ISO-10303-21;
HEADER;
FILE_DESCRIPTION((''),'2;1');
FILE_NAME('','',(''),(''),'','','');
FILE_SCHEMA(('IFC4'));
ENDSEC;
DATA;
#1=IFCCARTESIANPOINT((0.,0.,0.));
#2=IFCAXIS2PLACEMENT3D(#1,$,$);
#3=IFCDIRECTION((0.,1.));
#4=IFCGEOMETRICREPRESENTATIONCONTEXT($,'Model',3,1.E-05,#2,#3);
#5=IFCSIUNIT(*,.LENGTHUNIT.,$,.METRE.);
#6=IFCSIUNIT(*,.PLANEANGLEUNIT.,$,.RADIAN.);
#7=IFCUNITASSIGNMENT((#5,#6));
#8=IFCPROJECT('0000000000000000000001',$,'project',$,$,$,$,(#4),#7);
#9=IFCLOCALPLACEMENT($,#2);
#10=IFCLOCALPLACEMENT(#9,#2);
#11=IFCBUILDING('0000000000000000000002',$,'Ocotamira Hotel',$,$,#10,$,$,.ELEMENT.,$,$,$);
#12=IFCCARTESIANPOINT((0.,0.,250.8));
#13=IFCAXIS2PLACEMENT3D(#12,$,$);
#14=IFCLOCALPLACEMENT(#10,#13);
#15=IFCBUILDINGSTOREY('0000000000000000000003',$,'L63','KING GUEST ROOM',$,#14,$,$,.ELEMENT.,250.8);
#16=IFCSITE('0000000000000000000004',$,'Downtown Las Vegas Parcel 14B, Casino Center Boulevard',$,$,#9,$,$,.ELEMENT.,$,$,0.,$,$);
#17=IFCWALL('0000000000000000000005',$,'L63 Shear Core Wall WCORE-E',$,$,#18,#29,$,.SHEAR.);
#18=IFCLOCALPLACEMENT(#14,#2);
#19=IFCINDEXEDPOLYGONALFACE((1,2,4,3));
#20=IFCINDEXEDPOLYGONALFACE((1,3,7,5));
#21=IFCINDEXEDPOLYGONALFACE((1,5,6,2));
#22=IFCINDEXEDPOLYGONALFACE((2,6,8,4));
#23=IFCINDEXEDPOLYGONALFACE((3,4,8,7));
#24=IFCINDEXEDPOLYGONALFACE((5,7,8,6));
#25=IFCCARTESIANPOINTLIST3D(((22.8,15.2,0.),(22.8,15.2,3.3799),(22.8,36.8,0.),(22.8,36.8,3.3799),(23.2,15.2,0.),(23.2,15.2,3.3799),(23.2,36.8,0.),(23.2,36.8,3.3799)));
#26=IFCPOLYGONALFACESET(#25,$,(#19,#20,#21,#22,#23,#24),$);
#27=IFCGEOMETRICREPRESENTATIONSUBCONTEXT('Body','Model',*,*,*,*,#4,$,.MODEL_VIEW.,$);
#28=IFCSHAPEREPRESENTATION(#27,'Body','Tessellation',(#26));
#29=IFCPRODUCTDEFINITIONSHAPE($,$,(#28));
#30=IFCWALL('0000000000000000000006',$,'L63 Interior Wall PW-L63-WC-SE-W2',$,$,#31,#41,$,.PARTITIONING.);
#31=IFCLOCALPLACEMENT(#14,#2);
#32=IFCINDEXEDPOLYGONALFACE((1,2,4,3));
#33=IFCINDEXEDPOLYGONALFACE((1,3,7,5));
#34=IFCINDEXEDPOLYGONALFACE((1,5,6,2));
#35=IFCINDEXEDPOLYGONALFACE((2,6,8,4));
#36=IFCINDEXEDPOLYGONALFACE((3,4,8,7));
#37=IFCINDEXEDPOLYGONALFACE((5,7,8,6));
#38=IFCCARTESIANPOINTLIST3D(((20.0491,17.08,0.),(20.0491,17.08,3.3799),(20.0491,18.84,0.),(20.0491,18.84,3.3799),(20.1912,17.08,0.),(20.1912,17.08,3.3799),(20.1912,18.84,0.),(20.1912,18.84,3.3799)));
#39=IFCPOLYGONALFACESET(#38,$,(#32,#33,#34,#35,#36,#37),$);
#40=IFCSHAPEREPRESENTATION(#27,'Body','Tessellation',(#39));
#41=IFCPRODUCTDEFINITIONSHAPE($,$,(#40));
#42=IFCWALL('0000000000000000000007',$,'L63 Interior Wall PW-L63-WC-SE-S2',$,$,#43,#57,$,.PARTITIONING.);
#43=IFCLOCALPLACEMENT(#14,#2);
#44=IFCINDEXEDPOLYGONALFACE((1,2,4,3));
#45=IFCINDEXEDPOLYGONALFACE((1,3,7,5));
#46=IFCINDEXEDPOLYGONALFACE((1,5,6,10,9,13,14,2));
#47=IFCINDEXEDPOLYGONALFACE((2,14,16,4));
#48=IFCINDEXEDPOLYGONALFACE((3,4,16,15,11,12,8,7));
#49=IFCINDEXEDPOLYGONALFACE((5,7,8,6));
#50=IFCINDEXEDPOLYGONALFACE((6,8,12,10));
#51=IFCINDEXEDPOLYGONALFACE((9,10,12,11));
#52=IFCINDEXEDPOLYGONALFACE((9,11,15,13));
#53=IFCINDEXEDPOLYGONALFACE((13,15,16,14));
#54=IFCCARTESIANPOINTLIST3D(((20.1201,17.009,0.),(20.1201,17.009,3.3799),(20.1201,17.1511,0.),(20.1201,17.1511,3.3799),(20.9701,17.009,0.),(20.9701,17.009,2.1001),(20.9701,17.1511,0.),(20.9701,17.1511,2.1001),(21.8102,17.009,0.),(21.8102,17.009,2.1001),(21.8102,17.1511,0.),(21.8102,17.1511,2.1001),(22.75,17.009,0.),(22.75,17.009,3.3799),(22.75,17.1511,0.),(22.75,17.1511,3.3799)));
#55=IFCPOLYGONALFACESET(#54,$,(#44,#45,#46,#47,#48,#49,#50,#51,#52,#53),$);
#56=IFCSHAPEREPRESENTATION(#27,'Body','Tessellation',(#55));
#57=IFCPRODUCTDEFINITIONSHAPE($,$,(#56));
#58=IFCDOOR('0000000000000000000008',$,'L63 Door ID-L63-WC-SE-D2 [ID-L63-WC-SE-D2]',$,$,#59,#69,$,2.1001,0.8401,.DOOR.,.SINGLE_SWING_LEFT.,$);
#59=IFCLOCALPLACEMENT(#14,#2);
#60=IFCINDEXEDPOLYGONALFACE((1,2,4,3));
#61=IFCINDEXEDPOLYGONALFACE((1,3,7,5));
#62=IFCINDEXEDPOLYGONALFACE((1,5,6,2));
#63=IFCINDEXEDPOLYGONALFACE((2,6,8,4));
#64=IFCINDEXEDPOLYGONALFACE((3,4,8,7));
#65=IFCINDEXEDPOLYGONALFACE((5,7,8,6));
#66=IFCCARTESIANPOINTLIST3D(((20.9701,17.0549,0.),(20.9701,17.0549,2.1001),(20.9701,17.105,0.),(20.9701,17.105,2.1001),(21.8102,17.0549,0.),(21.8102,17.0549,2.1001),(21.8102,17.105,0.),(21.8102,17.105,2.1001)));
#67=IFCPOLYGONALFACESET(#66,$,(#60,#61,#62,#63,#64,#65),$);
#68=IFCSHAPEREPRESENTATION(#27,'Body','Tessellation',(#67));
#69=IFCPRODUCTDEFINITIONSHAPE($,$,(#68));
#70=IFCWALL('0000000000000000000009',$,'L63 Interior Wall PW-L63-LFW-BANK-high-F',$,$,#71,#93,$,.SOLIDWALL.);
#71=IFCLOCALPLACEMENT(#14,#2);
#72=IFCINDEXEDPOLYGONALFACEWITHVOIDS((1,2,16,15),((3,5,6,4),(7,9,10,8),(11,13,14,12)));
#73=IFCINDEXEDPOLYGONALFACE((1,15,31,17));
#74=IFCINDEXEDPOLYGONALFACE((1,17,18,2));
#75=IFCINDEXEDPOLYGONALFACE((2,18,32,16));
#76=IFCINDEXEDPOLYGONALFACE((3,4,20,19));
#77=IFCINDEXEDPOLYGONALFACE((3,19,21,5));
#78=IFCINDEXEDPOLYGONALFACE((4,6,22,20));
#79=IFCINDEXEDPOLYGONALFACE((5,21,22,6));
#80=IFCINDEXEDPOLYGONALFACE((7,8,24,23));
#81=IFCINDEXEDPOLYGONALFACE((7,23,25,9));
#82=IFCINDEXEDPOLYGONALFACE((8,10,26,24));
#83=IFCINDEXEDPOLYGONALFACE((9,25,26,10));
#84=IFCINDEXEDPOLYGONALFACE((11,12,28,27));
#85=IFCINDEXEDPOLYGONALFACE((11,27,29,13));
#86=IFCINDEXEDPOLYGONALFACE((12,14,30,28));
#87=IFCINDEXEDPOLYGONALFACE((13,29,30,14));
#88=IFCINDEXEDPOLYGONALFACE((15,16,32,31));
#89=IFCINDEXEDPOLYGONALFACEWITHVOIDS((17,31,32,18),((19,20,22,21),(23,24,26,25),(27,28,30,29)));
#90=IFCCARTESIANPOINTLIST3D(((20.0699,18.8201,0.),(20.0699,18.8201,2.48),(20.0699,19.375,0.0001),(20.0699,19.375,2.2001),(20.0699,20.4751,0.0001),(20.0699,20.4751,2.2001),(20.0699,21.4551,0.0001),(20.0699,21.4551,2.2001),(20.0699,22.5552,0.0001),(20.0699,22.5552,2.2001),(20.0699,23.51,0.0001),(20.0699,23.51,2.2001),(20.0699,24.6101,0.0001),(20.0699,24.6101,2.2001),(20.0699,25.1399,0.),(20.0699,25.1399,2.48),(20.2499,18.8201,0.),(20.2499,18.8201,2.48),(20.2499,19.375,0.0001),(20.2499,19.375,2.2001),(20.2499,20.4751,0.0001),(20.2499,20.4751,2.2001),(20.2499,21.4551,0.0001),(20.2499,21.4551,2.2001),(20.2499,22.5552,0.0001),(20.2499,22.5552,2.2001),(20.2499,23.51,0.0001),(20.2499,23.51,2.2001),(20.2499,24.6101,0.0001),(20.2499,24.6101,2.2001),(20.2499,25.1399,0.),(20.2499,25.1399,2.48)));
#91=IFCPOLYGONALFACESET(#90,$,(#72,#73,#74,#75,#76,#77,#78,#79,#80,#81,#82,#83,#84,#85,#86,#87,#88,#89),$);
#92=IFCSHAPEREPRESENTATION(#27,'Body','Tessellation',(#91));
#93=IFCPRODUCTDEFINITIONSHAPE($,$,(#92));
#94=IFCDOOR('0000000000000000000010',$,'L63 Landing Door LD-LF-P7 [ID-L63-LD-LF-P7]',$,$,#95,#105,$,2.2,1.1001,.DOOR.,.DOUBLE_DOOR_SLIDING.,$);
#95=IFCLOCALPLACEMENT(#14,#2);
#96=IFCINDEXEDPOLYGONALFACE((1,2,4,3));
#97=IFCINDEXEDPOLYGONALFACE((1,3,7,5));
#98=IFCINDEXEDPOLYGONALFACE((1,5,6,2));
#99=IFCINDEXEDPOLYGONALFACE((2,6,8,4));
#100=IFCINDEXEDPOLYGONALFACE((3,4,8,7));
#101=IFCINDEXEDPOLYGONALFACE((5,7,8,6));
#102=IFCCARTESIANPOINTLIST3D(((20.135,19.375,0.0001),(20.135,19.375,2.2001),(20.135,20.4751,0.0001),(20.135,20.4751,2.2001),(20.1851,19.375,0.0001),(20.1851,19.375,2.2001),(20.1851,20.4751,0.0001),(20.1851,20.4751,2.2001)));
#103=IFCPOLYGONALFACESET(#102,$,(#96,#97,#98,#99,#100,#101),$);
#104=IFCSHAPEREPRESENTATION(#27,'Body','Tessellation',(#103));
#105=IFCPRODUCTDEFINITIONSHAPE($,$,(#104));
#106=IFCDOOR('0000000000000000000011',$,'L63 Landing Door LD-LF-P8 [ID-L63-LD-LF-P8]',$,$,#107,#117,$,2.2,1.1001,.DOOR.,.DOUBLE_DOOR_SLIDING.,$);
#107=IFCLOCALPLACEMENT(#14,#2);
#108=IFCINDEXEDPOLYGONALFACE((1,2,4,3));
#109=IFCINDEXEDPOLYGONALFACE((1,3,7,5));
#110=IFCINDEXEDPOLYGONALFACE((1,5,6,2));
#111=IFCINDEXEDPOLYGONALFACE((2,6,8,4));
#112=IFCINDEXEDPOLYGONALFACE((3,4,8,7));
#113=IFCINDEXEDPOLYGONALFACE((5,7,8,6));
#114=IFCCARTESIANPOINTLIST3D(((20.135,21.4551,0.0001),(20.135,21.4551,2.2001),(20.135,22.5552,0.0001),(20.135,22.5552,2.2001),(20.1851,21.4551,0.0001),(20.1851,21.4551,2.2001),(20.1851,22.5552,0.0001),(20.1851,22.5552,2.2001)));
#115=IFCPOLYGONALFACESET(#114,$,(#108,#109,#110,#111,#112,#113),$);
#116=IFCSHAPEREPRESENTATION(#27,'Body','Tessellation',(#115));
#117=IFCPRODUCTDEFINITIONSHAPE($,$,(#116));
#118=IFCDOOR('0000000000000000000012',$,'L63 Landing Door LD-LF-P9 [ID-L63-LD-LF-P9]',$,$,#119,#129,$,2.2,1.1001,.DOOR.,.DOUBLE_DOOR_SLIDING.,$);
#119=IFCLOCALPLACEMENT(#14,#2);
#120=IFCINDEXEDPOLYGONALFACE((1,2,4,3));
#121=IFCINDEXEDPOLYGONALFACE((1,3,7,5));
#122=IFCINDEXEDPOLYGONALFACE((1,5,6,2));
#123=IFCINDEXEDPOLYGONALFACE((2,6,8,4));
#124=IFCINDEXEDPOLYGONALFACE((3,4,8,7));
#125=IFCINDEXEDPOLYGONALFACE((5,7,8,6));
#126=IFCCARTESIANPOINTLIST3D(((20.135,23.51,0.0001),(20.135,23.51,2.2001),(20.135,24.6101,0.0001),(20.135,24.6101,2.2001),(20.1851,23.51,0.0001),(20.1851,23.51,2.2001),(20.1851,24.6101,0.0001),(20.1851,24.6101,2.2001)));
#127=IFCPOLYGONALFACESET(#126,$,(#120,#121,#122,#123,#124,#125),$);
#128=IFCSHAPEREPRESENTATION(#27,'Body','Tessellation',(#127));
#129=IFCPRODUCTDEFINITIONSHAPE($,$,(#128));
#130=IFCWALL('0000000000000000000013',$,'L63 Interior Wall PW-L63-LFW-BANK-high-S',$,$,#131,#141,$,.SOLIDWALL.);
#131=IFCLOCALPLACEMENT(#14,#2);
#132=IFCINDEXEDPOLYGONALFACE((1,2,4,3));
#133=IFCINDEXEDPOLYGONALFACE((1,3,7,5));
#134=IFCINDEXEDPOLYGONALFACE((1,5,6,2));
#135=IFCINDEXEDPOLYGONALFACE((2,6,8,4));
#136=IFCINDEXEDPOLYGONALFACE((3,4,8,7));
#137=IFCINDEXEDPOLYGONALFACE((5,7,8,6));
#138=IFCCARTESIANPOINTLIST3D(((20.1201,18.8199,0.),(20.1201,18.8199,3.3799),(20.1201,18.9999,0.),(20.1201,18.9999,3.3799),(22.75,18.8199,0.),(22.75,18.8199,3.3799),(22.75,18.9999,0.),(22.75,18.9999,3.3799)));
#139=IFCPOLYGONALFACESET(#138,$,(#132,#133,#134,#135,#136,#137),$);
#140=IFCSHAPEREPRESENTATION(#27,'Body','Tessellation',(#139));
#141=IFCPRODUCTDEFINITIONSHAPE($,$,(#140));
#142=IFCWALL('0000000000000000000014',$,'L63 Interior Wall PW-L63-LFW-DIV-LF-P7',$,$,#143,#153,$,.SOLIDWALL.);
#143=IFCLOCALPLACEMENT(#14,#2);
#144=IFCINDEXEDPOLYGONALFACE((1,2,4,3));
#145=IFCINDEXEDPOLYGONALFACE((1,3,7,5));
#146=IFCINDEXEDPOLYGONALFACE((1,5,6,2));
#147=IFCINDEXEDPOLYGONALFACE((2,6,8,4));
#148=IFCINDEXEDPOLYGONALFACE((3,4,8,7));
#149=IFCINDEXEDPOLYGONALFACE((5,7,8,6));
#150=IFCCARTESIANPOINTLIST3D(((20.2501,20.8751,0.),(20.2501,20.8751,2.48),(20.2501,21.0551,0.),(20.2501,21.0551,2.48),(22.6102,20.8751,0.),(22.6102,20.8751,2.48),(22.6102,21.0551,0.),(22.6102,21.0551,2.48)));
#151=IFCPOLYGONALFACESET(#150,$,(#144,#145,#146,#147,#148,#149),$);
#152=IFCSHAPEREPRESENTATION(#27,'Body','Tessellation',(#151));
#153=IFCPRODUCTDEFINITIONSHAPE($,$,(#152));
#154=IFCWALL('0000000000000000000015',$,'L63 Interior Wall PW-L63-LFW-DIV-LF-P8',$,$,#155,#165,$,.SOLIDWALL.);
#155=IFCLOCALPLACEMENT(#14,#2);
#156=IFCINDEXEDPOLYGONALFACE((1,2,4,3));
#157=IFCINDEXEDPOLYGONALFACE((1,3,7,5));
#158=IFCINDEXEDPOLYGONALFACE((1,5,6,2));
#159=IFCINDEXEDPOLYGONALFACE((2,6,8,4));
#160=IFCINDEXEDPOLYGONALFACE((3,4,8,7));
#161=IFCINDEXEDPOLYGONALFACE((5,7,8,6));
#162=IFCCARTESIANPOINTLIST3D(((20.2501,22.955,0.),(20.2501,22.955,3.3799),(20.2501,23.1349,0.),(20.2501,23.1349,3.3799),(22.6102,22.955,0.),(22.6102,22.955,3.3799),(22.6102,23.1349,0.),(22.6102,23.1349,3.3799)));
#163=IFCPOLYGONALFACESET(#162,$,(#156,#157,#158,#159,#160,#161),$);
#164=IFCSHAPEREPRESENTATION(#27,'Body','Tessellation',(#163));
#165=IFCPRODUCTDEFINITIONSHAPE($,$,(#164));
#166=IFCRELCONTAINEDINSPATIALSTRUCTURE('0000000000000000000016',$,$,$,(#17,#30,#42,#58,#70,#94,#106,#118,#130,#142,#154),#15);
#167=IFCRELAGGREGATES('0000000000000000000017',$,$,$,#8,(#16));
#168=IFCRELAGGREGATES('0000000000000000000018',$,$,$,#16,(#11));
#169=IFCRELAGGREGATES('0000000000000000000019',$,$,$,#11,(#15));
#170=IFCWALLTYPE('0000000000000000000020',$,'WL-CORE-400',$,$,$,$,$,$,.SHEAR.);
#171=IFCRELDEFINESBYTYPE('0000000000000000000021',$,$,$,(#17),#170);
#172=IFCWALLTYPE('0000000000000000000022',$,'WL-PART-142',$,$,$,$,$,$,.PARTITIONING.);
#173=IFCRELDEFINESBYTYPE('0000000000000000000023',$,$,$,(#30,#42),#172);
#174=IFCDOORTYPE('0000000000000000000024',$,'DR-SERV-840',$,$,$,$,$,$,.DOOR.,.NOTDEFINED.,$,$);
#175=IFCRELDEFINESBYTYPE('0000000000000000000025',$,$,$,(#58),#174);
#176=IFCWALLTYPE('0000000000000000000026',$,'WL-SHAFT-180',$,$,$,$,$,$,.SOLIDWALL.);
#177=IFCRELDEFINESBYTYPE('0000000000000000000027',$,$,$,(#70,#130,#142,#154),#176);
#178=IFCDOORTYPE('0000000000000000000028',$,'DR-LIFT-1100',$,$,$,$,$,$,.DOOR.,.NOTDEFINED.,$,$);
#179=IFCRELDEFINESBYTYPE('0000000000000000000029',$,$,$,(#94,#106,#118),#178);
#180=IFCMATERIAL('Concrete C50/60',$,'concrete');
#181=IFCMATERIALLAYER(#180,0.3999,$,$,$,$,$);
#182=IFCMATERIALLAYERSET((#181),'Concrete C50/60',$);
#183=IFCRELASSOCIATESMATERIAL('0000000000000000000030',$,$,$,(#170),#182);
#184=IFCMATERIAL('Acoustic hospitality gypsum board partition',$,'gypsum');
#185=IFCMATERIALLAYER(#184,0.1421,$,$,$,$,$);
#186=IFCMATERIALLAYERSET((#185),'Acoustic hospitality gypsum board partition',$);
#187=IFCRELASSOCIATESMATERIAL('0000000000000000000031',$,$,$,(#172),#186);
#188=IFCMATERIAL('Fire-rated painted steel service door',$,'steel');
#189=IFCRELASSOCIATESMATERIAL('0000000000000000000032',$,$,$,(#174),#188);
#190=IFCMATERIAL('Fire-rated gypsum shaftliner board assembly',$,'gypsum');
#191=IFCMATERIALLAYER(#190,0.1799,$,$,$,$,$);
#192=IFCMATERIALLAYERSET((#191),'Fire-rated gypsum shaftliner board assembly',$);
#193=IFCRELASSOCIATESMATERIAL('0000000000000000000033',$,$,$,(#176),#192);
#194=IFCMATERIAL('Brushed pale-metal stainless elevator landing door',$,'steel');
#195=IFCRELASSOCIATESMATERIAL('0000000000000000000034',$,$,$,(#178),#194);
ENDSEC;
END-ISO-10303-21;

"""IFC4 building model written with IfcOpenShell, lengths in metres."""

from ifc_helpers import new_model, si_unit, direction, frame, frame_2d, origin, place, context, subcontext, project, spatial, rectangle, extrude, source, transform, mapped, material, layer, layer_set, type_object, element, fill, save


model = new_model("IFC4")

# Units and contexts
model_context = context("Model", 3, precision=1e-05, world=origin(), true_north=direction((0.0, 1.0)))
body_context = subcontext(model_context, "Body", "Model", "MODEL_VIEW")
ifc_project = project(units=[si_unit("LENGTHUNIT", "METRE"), si_unit("PLANEANGLEUNIT", "RADIAN")], contexts=[model_context])

# Site, building, storey
site_placement = place(None, origin())
site = spatial("IfcSite", under=ifc_project, at=site_placement, Name="Downtown Las Vegas Parcel 14B, Casino Center Boulevard", CompositionType="ELEMENT", RefElevation=0.0)
building_placement = place(site_placement, origin())
building = spatial("IfcBuilding", under=site, at=building_placement, Name="Ocotamira Hotel", CompositionType="ELEMENT")
storey_placement = place(building_placement, frame((0.0, 0.0, 250.8)))
storey = spatial("IfcBuildingStorey", under=building, at=storey_placement, Name="L63", Description="KING GUEST ROOM", CompositionType="ELEMENT", Elevation=250.8)

# Walls
ifc_material_1 = material(Name="Concrete C50/60", Category="concrete")
ifc_layer_1 = layer(ifc_material_1, 0.3999)
ifc_layer_set_1 = layer_set([ifc_layer_1], Name="Concrete C50/60")
wall_type_1 = type_object("IfcWallType", Name="WL-CORE-400", PredefinedType="SHEAR", material=ifc_layer_set_1)
wall_1_placement = place(storey_placement, frame((23.0, 15.2, 0.0), z_axis=(0.0, 0.0, 1.0), x_axis=(0.0, 1.0, 0.0)))
element("IfcWall", 1, at=wall_1_placement, inside=storey, type_object=wall_type_1, Name="L63 Shear Core Wall WCORE-E", PredefinedType="SHEAR", context=body_context, shape_type="SweptSolid", body=[
    extrude(rectangle(XDim=21.6001, YDim=0.3999, at=frame_2d((10.8, 0.0))), origin(), (0.0, 0.0, 1.0), 3.3799),
])
ifc_material_2 = material(Name="Acoustic hospitality gypsum board partition", Category="gypsum")
ifc_layer_2 = layer(ifc_material_2, 0.1421)
ifc_layer_set_2 = layer_set([ifc_layer_2], Name="Acoustic hospitality gypsum board partition")
wall_type_2 = type_object("IfcWallType", Name="WL-PART-142", PredefinedType="PARTITIONING", material=ifc_layer_set_2)
wall_2_placement = place(storey_placement, frame((20.1201, 17.0801, 0.0), z_axis=(0.0, 0.0, 1.0), x_axis=(0.0, 1.0, 0.0)))
element("IfcWall", 2, at=wall_2_placement, inside=storey, type_object=wall_type_2, Name="L63 Interior Wall PW-L63-WC-SE-W2", PredefinedType="PARTITIONING", context=body_context, shape_type="SweptSolid", body=[
    extrude(rectangle(XDim=1.76, YDim=0.1421, at=frame_2d((0.8799, 0.0))), origin(), (0.0, 0.0, 1.0), 3.3799),
])

# Wall, opening, door
wall_3_placement = place(storey_placement, frame((20.1201, 17.0801, 0.0), z_axis=(0.0, 0.0, 1.0), x_axis=(1.0, 0.0, 0.0)))
wall_3 = element("IfcWall", 3, at=wall_3_placement, inside=storey, type_object=wall_type_2, Name="L63 Interior Wall PW-L63-WC-SE-S2", PredefinedType="PARTITIONING", context=body_context, shape_type="SweptSolid", body=[
    extrude(rectangle(XDim=2.6299, YDim=0.1421, at=frame_2d((1.3149, 0.0))), origin(), (0.0, 0.0, 1.0), 3.3799),
])
opening_1_placement = place(wall_3_placement, frame((0.8501, 0.0, 0.0)))
opening_1 = element("IfcOpeningElement", 4, at=opening_1_placement, cuts=wall_3, PredefinedType="OPENING", context=body_context, shape_type="SweptSolid", body=[
    extrude(rectangle(XDim=0.8401, YDim=2.1001, at=frame_2d((0.4199, 1.05))), frame((0.0, 0.0811, 0.0), z_axis=(0.0, -1.0, 0.0), x_axis=(1.0, 0.0, 0.0)), (0.0, 0.0, 1.0), 0.1621),
])
ifc_material_3 = material(Name="Fire-rated painted steel service door", Category="steel")
door_type_1 = type_object("IfcDoorType", Name="DR-SERV-840", OperationType="NOTDEFINED", PredefinedType="DOOR", material=ifc_material_3)
shared_shape_1 = source(origin(), body_context, "Body", "SweptSolid", [
    extrude(rectangle(XDim=0.8401, YDim=2.1001, at=frame_2d((0.4199, 1.05))), frame((0.0, 0.0249, 0.0), z_axis=(0.0, -1.0, 0.0), x_axis=(1.0, 0.0, 0.0)), (0.0, 0.0, 1.0), 0.05),
])
door_1_placement = place(opening_1_placement, origin())
door_1 = element("IfcDoor", 5, at=door_1_placement, inside=storey, type_object=door_type_1, Name="L63 Door ID-L63-WC-SE-D2 [ID-L63-WC-SE-D2]", OperationType="SINGLE_SWING_LEFT", OverallHeight=2.1001, OverallWidth=0.8401, PredefinedType="DOOR", context=body_context, shape_type="MappedRepresentation", body=[
    mapped(shared_shape_1, transform((0.0, 0.0, 0.0), scale=1.0)),
])
fill(opening_1, door_1)

# Wall, openings, doors
ifc_material_4 = material(Name="Fire-rated gypsum shaftliner board assembly", Category="gypsum")
ifc_layer_3 = layer(ifc_material_4, 0.1799)
ifc_layer_set_3 = layer_set([ifc_layer_3], Name="Fire-rated gypsum shaftliner board assembly")
wall_type_3 = type_object("IfcWallType", Name="WL-SHAFT-180", PredefinedType="SOLIDWALL", material=ifc_layer_set_3)
wall_4_placement = place(storey_placement, frame((20.1599, 18.8201, 0.0), z_axis=(0.0, 0.0, 1.0), x_axis=(0.0, 1.0, 0.0)))
wall_4 = element("IfcWall", 6, at=wall_4_placement, inside=storey, type_object=wall_type_3, Name="L63 Interior Wall PW-L63-LFW-BANK-high-F", PredefinedType="SOLIDWALL", context=body_context, shape_type="SweptSolid", body=[
    extrude(rectangle(XDim=6.3198, YDim=0.1799, at=frame_2d((3.1599, 0.0))), origin(), (0.0, 0.0, 1.0), 2.48),
])
opening_2_placement = place(wall_4_placement, frame((0.5549, 0.0, 0.0)))
opening_2 = element("IfcOpeningElement", 7, at=opening_2_placement, cuts=wall_4, PredefinedType="OPENING", context=body_context, shape_type="SweptSolid", body=[
    extrude(rectangle(XDim=1.1001, YDim=2.2, at=frame_2d((0.55, 1.1001))), frame((0.0, 0.1001, 0.0), z_axis=(0.0, -1.0, 0.0), x_axis=(1.0, 0.0, 0.0)), (0.0, 0.0, 1.0), 0.2),
])
opening_3_placement = place(wall_4_placement, frame((2.635, 0.0, 0.0)))
opening_3 = element("IfcOpeningElement", 8, at=opening_3_placement, cuts=wall_4, PredefinedType="OPENING", context=body_context, shape_type="SweptSolid", body=[
    extrude(rectangle(XDim=1.1001, YDim=2.2, at=frame_2d((0.55, 1.1001))), frame((0.0, 0.1001, 0.0), z_axis=(0.0, -1.0, 0.0), x_axis=(1.0, 0.0, 0.0)), (0.0, 0.0, 1.0), 0.2),
])
opening_4_placement = place(wall_4_placement, frame((4.6899, 0.0, 0.0)))
opening_4 = element("IfcOpeningElement", 9, at=opening_4_placement, cuts=wall_4, PredefinedType="OPENING", context=body_context, shape_type="SweptSolid", body=[
    extrude(rectangle(XDim=1.1001, YDim=2.2, at=frame_2d((0.55, 1.1001))), frame((0.0, 0.1001, 0.0), z_axis=(0.0, -1.0, 0.0), x_axis=(1.0, 0.0, 0.0)), (0.0, 0.0, 1.0), 0.2),
])
ifc_material_5 = material(Name="Brushed pale-metal stainless elevator landing door", Category="steel")
door_type_2 = type_object("IfcDoorType", Name="DR-LIFT-1100", OperationType="NOTDEFINED", PredefinedType="DOOR", material=ifc_material_5)
shared_shape_2 = source(origin(), body_context, "Body", "SweptSolid", [
    extrude(rectangle(XDim=1.1001, YDim=2.2, at=frame_2d((0.55, 1.1001))), frame((0.0, 0.0249, 0.0), z_axis=(0.0, -1.0, 0.0), x_axis=(1.0, 0.0, 0.0)), (0.0, 0.0, 1.0), 0.05),
])
door_2_placement = place(opening_2_placement, origin())
door_2 = element("IfcDoor", 10, at=door_2_placement, inside=storey, type_object=door_type_2, Name="L63 Landing Door LD-LF-P7 [ID-L63-LD-LF-P7]", OperationType="DOUBLE_DOOR_SLIDING", OverallHeight=2.2, OverallWidth=1.1001, PredefinedType="DOOR", context=body_context, shape_type="MappedRepresentation", body=[
    mapped(shared_shape_2, transform((0.0, 0.0, 0.0), scale=1.0)),
])
fill(opening_2, door_2)
door_3_placement = place(opening_3_placement, origin())
door_3 = element("IfcDoor", 11, at=door_3_placement, inside=storey, type_object=door_type_2, Name="L63 Landing Door LD-LF-P8 [ID-L63-LD-LF-P8]", OperationType="DOUBLE_DOOR_SLIDING", OverallHeight=2.2, OverallWidth=1.1001, PredefinedType="DOOR", context=body_context, shape_type="MappedRepresentation", body=[
    mapped(shared_shape_2, transform((0.0, 0.0, 0.0), scale=1.0)),
])
fill(opening_3, door_3)
door_4_placement = place(opening_4_placement, origin())
door_4 = element("IfcDoor", 12, at=door_4_placement, inside=storey, type_object=door_type_2, Name="L63 Landing Door LD-LF-P9 [ID-L63-LD-LF-P9]", OperationType="DOUBLE_DOOR_SLIDING", OverallHeight=2.2, OverallWidth=1.1001, PredefinedType="DOOR", context=body_context, shape_type="MappedRepresentation", body=[
    mapped(shared_shape_2, transform((0.0, 0.0, 0.0), scale=1.0)),
])
fill(opening_4, door_4)

# Walls
wall_5_placement = place(storey_placement, frame((20.1201, 18.9099, 0.0), z_axis=(0.0, 0.0, 1.0), x_axis=(1.0, 0.0, 0.0)))
element("IfcWall", 13, at=wall_5_placement, inside=storey, type_object=wall_type_3, Name="L63 Interior Wall PW-L63-LFW-BANK-high-S", PredefinedType="SOLIDWALL", context=body_context, shape_type="SweptSolid", body=[
    extrude(rectangle(XDim=2.6299, YDim=0.1799, at=frame_2d((1.3149, 0.0))), origin(), (0.0, 0.0, 1.0), 3.3799),
])
wall_6_placement = place(storey_placement, frame((20.25, 20.9651, 0.0), z_axis=(0.0, 0.0, 1.0), x_axis=(1.0, 0.0, 0.0)))
element("IfcWall", 14, at=wall_6_placement, inside=storey, type_object=wall_type_3, Name="L63 Interior Wall PW-L63-LFW-DIV-LF-P7", PredefinedType="SOLIDWALL", context=body_context, shape_type="SweptSolid", body=[
    extrude(rectangle(XDim=2.3601, YDim=0.1799, at=frame_2d((1.1802, 0.0))), origin(), (0.0, 0.0, 1.0), 2.48),
])
wall_7_placement = place(storey_placement, frame((20.25, 23.0449, 0.0), z_axis=(0.0, 0.0, 1.0), x_axis=(1.0, 0.0, 0.0)))
element("IfcWall", 15, at=wall_7_placement, inside=storey, type_object=wall_type_3, Name="L63 Interior Wall PW-L63-LFW-DIV-LF-P8", PredefinedType="SOLIDWALL", context=body_context, shape_type="SweptSolid", body=[
    extrude(rectangle(XDim=2.3601, YDim=0.1799, at=frame_2d((1.1802, 0.0))), origin(), (0.0, 0.0, 1.0), 3.3799),
])

save(model, "model.ifc")
